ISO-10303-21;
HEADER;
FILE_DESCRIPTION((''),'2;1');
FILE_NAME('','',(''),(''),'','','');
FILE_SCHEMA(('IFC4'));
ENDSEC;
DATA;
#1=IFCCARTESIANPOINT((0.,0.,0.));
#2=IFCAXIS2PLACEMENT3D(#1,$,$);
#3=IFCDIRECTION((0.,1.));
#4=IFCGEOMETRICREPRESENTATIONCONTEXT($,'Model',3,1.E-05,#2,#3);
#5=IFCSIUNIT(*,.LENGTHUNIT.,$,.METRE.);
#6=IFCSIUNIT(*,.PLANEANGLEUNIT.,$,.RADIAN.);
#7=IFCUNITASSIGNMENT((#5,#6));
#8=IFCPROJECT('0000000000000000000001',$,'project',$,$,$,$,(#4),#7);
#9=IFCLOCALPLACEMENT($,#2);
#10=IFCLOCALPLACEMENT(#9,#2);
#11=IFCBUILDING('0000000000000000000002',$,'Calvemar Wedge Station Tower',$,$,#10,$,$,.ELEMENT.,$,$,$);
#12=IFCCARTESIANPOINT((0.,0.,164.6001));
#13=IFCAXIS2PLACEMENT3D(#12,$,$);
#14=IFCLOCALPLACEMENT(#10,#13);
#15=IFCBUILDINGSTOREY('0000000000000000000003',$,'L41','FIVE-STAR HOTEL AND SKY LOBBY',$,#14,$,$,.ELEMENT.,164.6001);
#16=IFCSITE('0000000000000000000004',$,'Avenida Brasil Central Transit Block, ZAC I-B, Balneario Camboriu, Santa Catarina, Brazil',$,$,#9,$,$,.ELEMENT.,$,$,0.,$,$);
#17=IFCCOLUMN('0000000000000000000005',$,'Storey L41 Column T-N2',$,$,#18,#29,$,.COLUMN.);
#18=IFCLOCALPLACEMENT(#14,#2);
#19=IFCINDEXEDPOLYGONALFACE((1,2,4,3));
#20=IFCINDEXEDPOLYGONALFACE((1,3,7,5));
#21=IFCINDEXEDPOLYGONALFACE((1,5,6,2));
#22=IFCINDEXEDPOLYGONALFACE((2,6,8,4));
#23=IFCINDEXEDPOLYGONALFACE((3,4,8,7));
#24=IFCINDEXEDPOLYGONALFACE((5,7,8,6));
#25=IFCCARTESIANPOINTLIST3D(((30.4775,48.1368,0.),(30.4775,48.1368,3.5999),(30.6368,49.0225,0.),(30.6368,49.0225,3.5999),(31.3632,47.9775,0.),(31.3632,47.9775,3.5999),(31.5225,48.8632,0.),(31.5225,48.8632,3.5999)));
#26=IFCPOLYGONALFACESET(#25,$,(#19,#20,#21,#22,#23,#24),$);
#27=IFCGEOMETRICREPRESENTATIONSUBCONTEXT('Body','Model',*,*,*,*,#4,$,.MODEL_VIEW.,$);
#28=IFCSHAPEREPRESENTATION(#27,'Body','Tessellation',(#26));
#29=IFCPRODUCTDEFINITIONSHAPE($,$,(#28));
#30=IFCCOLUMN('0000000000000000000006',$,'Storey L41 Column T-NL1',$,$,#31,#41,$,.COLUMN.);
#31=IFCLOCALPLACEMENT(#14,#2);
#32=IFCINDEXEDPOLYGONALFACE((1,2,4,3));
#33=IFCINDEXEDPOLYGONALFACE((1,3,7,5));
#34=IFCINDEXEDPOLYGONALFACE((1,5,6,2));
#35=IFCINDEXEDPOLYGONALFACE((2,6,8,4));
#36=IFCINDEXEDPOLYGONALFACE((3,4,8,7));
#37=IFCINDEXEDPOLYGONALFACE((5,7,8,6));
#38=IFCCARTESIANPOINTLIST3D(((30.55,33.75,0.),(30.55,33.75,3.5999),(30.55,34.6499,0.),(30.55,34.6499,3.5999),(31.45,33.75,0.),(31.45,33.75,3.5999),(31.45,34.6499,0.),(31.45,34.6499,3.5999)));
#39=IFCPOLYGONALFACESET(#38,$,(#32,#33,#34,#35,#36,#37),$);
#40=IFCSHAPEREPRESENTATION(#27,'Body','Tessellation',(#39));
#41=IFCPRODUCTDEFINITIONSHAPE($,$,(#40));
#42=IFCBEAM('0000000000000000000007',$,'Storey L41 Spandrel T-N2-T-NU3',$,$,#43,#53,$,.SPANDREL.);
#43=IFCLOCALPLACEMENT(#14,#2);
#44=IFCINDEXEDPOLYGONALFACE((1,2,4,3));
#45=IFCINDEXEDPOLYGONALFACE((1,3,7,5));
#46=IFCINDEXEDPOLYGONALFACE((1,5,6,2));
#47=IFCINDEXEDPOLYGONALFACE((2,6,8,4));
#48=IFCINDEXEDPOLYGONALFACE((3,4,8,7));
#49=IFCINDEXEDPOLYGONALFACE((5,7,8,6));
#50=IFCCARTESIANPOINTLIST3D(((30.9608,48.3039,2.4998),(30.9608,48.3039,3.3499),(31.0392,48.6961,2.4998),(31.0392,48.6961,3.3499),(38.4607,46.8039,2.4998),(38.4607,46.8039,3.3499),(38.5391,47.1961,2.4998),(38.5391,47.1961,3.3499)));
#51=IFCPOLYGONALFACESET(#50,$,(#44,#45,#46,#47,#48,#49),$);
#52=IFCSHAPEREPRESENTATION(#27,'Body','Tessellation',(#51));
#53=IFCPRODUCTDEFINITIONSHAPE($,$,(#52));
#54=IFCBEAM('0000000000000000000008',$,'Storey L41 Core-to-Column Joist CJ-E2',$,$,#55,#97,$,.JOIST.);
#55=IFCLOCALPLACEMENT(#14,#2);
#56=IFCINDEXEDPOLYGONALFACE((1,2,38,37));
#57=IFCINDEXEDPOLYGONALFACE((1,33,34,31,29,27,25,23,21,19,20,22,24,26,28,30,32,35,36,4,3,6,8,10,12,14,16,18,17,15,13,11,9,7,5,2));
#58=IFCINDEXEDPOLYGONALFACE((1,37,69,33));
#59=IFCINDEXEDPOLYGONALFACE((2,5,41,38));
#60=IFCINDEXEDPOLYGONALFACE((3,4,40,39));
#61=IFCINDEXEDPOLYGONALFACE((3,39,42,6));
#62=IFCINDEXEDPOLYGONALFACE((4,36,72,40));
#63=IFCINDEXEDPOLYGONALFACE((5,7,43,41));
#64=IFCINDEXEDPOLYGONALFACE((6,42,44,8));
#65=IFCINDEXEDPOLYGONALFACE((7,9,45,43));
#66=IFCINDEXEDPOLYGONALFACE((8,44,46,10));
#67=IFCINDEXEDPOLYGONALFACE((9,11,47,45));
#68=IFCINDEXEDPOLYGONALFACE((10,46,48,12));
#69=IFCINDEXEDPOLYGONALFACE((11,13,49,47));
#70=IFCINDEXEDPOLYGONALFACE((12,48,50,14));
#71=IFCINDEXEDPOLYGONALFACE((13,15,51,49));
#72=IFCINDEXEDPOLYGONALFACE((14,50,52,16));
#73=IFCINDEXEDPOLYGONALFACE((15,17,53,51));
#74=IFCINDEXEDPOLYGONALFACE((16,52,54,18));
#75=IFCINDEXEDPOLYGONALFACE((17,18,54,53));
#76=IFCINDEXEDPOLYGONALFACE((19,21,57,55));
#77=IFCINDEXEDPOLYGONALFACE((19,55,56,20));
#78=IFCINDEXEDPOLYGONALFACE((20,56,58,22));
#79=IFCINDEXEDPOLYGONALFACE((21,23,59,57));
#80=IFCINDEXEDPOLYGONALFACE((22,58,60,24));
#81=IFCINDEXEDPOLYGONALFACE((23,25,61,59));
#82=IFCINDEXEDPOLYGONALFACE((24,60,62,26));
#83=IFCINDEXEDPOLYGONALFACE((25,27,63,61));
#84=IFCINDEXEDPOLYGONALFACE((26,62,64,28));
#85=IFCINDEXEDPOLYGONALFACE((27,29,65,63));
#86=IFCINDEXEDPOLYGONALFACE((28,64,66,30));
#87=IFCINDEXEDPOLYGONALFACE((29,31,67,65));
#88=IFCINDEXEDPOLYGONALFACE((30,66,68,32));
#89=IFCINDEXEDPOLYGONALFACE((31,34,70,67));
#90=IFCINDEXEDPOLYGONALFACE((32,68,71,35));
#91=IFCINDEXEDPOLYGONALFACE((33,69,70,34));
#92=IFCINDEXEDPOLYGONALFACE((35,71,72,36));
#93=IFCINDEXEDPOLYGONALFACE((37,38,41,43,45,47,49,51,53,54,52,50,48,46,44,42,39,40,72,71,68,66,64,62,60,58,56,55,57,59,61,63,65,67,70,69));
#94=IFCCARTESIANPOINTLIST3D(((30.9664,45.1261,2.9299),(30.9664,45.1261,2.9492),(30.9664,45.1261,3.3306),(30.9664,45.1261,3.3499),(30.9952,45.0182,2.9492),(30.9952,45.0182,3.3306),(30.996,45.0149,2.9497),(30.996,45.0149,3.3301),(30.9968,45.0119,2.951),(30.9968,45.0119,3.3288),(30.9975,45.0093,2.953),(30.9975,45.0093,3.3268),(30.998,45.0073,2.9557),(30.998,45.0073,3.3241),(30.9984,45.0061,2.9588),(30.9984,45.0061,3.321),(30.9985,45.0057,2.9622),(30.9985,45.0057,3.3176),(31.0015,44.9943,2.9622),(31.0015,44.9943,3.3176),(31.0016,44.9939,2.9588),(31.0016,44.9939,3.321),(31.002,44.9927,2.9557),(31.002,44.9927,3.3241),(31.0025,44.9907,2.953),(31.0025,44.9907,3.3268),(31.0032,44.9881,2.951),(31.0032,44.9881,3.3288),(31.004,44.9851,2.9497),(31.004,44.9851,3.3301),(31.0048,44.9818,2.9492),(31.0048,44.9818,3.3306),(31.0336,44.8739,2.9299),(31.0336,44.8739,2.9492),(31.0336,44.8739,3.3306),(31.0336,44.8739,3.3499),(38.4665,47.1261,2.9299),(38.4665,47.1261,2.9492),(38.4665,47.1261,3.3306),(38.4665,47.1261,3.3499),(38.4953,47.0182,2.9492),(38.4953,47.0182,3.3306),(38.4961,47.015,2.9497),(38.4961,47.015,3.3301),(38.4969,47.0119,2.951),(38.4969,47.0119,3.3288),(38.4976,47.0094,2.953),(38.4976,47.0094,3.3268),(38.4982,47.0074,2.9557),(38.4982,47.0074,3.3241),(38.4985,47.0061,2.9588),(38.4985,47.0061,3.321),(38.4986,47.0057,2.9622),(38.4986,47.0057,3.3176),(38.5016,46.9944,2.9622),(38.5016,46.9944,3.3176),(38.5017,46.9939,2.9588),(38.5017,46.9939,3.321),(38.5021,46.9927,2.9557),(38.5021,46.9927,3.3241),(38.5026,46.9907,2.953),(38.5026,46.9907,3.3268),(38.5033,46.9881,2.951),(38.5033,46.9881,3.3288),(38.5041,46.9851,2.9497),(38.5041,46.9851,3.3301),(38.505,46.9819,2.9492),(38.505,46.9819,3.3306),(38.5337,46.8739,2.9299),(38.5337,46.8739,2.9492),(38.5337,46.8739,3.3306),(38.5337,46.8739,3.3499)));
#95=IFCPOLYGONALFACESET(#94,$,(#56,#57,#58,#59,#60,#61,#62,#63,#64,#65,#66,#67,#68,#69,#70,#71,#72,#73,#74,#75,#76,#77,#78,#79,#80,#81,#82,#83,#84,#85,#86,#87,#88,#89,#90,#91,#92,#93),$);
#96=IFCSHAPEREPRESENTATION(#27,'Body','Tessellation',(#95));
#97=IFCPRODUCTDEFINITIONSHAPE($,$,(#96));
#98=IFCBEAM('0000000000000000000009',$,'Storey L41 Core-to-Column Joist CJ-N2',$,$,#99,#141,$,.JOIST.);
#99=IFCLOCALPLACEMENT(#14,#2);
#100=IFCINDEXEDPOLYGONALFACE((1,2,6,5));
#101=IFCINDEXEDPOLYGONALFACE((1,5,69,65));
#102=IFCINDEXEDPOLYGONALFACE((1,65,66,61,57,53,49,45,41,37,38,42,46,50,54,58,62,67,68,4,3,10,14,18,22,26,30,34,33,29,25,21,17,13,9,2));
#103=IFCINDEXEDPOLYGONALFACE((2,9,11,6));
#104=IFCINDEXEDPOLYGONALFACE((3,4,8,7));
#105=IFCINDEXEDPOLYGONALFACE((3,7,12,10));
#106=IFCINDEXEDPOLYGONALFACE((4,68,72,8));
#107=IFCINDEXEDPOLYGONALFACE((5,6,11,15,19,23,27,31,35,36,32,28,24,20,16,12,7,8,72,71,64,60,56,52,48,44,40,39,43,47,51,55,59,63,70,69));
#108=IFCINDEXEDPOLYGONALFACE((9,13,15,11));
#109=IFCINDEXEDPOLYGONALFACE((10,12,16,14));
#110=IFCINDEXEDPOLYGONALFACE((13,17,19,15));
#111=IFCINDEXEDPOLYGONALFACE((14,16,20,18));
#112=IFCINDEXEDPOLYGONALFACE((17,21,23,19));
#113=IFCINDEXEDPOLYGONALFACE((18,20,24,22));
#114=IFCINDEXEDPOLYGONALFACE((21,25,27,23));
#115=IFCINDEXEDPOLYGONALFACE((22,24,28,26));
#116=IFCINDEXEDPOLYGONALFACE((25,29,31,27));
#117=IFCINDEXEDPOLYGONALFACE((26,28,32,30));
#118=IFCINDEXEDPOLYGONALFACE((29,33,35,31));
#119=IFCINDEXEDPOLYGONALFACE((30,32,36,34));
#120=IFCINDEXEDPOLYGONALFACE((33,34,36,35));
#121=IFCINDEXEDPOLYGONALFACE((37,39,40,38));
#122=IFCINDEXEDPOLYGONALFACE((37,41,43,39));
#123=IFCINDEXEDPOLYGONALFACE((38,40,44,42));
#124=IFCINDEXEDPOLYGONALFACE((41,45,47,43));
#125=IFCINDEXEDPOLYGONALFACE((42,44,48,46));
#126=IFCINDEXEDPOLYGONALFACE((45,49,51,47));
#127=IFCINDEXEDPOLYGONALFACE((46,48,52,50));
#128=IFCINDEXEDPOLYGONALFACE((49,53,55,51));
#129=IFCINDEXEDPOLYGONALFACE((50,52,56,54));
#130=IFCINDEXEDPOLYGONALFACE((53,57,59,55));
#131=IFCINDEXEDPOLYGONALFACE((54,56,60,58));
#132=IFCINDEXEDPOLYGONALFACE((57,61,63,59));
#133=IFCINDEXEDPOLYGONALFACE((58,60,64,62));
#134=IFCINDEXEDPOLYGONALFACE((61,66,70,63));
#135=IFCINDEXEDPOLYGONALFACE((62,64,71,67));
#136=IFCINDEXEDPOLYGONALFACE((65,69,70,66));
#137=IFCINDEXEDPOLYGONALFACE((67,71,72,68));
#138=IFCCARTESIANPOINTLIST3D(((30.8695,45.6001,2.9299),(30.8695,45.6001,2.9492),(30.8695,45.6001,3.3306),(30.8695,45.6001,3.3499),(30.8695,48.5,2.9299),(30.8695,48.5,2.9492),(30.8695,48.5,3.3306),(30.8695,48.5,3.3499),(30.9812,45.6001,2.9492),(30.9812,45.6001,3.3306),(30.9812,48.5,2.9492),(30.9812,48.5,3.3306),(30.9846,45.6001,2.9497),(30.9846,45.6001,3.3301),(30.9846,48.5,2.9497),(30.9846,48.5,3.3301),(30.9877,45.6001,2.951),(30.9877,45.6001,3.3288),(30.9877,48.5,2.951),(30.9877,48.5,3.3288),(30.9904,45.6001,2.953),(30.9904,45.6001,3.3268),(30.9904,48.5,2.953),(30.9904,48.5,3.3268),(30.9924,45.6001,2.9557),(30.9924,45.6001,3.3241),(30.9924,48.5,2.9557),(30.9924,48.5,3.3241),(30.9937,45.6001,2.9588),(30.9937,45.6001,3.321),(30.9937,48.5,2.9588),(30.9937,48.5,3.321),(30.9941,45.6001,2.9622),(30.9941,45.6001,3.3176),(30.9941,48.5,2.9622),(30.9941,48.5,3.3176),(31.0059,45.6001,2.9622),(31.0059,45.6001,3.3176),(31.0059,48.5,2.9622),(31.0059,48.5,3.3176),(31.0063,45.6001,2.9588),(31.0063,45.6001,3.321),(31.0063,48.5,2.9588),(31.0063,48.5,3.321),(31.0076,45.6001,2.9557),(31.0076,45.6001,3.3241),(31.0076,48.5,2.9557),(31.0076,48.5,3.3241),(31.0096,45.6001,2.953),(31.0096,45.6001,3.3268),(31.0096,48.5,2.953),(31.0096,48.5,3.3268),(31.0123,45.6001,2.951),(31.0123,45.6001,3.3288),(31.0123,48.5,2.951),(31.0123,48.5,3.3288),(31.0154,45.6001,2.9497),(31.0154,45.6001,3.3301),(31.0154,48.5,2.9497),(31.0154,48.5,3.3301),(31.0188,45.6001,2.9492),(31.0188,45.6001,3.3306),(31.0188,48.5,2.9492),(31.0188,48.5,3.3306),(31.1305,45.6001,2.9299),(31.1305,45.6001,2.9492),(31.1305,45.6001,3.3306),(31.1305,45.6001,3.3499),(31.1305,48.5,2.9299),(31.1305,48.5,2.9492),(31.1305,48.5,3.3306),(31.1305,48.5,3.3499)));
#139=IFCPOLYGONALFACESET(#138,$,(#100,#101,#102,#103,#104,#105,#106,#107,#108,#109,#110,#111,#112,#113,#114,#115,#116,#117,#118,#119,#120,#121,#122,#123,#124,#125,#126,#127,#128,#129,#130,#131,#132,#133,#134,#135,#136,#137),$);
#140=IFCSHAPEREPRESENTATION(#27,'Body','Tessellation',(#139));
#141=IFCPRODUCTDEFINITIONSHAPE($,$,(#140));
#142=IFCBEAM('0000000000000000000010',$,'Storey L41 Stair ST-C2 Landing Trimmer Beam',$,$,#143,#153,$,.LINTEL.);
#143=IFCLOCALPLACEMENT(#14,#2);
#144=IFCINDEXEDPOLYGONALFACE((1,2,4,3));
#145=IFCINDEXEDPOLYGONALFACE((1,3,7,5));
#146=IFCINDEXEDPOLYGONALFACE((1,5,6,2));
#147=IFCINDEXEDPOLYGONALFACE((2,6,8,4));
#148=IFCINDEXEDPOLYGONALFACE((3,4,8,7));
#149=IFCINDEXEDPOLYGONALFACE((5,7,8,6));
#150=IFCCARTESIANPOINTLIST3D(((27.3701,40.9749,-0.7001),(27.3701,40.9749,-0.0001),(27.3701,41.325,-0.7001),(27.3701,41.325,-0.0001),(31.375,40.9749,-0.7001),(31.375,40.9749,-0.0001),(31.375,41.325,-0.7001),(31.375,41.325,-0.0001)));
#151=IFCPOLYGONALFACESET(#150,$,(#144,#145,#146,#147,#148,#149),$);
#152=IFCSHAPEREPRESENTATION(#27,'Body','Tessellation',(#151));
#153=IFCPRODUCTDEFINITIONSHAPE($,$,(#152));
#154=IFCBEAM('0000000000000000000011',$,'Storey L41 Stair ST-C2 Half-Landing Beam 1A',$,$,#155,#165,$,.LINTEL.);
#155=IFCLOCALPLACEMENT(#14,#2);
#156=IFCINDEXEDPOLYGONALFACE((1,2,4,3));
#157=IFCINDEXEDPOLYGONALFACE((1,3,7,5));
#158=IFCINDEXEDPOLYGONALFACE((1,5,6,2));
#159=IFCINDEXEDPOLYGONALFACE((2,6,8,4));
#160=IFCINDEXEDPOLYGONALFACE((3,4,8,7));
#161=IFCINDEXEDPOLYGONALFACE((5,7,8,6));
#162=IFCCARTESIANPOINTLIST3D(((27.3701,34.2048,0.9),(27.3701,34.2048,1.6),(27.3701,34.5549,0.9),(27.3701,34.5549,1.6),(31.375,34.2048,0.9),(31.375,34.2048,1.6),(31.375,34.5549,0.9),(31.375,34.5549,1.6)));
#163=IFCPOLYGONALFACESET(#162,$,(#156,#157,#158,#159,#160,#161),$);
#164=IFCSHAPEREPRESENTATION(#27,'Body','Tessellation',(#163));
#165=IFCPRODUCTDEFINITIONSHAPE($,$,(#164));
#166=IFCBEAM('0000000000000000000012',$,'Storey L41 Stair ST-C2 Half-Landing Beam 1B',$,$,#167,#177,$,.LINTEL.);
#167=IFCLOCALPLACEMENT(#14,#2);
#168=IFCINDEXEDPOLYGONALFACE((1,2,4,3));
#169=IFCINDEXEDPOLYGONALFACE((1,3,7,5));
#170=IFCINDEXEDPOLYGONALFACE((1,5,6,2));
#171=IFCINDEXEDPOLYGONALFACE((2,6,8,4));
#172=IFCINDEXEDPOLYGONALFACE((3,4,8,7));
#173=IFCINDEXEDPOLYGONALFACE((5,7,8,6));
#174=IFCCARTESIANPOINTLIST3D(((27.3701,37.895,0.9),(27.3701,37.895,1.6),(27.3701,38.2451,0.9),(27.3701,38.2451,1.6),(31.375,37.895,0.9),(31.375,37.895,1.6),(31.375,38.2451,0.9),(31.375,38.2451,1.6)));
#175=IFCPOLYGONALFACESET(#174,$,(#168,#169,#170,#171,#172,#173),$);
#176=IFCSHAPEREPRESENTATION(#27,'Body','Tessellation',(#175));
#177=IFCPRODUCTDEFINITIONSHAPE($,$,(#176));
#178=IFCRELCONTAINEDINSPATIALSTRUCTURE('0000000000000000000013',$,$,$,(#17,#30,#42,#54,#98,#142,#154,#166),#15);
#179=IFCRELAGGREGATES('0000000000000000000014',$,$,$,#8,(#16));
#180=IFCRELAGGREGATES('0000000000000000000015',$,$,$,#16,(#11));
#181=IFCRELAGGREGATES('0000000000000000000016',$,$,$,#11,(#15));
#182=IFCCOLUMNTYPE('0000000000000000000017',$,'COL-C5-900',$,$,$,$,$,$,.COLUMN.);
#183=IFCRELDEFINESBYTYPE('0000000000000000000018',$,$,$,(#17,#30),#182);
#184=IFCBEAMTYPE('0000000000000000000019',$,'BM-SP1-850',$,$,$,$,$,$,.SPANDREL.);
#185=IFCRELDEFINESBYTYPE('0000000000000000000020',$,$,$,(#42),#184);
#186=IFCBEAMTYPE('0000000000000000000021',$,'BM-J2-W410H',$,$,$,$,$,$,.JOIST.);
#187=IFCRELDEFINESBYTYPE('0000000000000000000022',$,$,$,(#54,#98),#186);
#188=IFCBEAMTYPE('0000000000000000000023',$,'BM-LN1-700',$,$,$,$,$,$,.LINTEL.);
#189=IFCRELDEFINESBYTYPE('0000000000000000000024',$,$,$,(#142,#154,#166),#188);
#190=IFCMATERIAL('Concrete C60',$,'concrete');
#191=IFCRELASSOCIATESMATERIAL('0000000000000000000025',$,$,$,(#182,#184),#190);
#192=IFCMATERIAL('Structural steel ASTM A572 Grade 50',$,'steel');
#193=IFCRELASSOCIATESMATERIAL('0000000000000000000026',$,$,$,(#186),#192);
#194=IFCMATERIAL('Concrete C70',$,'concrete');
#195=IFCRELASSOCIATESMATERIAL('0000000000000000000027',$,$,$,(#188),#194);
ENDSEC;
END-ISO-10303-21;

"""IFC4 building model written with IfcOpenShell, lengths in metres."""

from ifc_helpers import new_model, si_unit, direction, frame, origin, origin_2d, place, context, subcontext, project, spatial, rectangle, i_section, extrude, source, transform, mapped, material, material_profile, profile_set, type_object, element, save


model = new_model("IFC4")

# Units and contexts
model_context = context("Model", 3, precision=1e-05, world=origin(), true_north=direction((0.0, 1.0)))
body_context = subcontext(model_context, "Body", "Model", "MODEL_VIEW")
ifc_project = project(units=[si_unit("LENGTHUNIT", "METRE"), si_unit("PLANEANGLEUNIT", "RADIAN")], contexts=[model_context])

# Site, building, storey
site_placement = place(None, origin())
site = spatial("IfcSite", under=ifc_project, at=site_placement, Name="Avenida Brasil Central Transit Block, ZAC I-B, Balneario Camboriu, Santa Catarina, Brazil", CompositionType="ELEMENT", RefElevation=0.0)
building_placement = place(site_placement, origin())
building = spatial("IfcBuilding", under=site, at=building_placement, Name="Calvemar Wedge Station Tower", CompositionType="ELEMENT")
storey_placement = place(building_placement, frame((0.0, 0.0, 164.6001)))
storey = spatial("IfcBuildingStorey", under=building, at=storey_placement, Name="L41", Description="FIVE-STAR HOTEL AND SKY LOBBY", CompositionType="ELEMENT", Elevation=164.6001)

# Columns
ifc_material_1 = material(Name="Concrete C60", Category="concrete")
ifc_material_profile_1 = material_profile(ifc_material_1, rectangle(XDim=0.8999, YDim=0.8999, at=origin_2d()), Name="RC900x900")
ifc_profile_set_1 = profile_set([ifc_material_profile_1], Name="Concrete C60")
column_type = type_object("IfcColumnType", Name="COL-C5-900", PredefinedType="COLUMN", material=ifc_profile_set_1)
shared_shape_1 = source(origin(), body_context, "Body", "SweptSolid", [
    extrude(rectangle(XDim=0.8999, YDim=0.8999, at=origin_2d()), origin(), (0.0, 0.0, 1.0), 3.5999),
])
for number, where, z_axis, x_axis, name in (
    (1, (31.0, 48.5, 0.0), (0.0, 0.0, 1.0), (0.984196, -0.177085, 0.0), "Storey L41 Column T-N2"),
    (2, (31.0, 34.2, 0.0), (0.0, 0.0, 1.0), (1.0, 0.0, 0.0), "Storey L41 Column T-NL1"),
):
    element("IfcColumn", number, at=place(storey_placement, frame(where, z_axis=z_axis, x_axis=x_axis)), inside=storey, type_object=column_type, Name=name, PredefinedType="COLUMN", context=body_context, shape_type="MappedRepresentation", body=[
        mapped(shared_shape_1, transform((0.0, 0.0, 0.0), scale=1.0)),
    ])

# Beams
ifc_material_profile_2 = material_profile(ifc_material_1, rectangle(XDim=0.3999, YDim=0.8501, at=origin_2d()), Name="RC400x850")
ifc_profile_set_2 = profile_set([ifc_material_profile_2], Name="Concrete C60")
beam_type_1 = type_object("IfcBeamType", Name="BM-SP1-850", PredefinedType="SPANDREL", material=ifc_profile_set_2)
shared_shape_2 = source(origin(), body_context, "Body", "SweptSolid", [
    extrude(rectangle(XDim=0.3999, YDim=0.8501, at=origin_2d()), origin(), (0.0, 0.0, 1.0), 7.6484),
])
beam_1_placement = place(storey_placement, frame((31.0, 48.5, 2.9248), z_axis=(0.980581, -0.196116, 0.0), x_axis=(0.196116, 0.980581, 0.0)))
element("IfcBeam", 3, at=beam_1_placement, inside=storey, type_object=beam_type_1, Name="Storey L41 Spandrel T-N2-T-NU3", PredefinedType="SPANDREL", context=body_context, shape_type="MappedRepresentation", body=[
    mapped(shared_shape_2, transform((0.0, 0.0, 0.0), scale=1.0)),
])
ifc_material_2 = material(Name="Structural steel ASTM A572 Grade 50", Category="steel")
ifc_material_profile_3 = material_profile(ifc_material_2, i_section(OverallWidth=0.261, OverallDepth=0.4199, WebThickness=0.0117, FlangeThickness=0.0193, FilletRadius=0.0129, at=origin_2d()), Name="W410x114")
ifc_profile_set_3 = profile_set([ifc_material_profile_3], Name="Structural steel ASTM A572 Grade 50")
beam_type_2 = type_object("IfcBeamType", Name="BM-J2-W410H", PredefinedType="JOIST", material=ifc_profile_set_3)
shared_shape_3 = source(origin(), body_context, "Body", "SweptSolid", [
    extrude(i_section(OverallWidth=0.261, OverallDepth=0.4199, WebThickness=0.0117, FlangeThickness=0.0193, FilletRadius=0.0129, at=origin_2d()), origin(), (0.0, 0.0, 1.0), 7.7622),
])
beam_2_placement = place(storey_placement, frame((31.0, 45.0, 3.1399), z_axis=(0.966235, 0.257663, 0.0), x_axis=(-0.257663, 0.966235, 0.0)))
element("IfcBeam", 4, at=beam_2_placement, inside=storey, type_object=beam_type_2, Name="Storey L41 Core-to-Column Joist CJ-E2", PredefinedType="JOIST", context=body_context, shape_type="MappedRepresentation", body=[
    mapped(shared_shape_3, transform((0.0, 0.0, 0.0), scale=1.0)),
])
shared_shape_4 = source(origin(), body_context, "Body", "SweptSolid", [
    extrude(i_section(OverallWidth=0.261, OverallDepth=0.4199, WebThickness=0.0117, FlangeThickness=0.0193, FilletRadius=0.0129, at=origin_2d()), origin(), (0.0, 0.0, 1.0), 2.8999),
])
beam_3_placement = place(storey_placement, frame((31.0, 45.6001, 3.1399), z_axis=(0.0, 1.0, 0.0), x_axis=(-1.0, 0.0, 0.0)))
element("IfcBeam", 5, at=beam_3_placement, inside=storey, type_object=beam_type_2, Name="Storey L41 Core-to-Column Joist CJ-N2", PredefinedType="JOIST", context=body_context, shape_type="MappedRepresentation", body=[
    mapped(shared_shape_4, transform((0.0, 0.0, 0.0), scale=1.0)),
])
ifc_material_3 = material(Name="Concrete C70", Category="concrete")
ifc_material_profile_4 = material_profile(ifc_material_3, rectangle(XDim=0.3501, YDim=0.7, at=origin_2d()), Name="RC350x700")
ifc_profile_set_4 = profile_set([ifc_material_profile_4], Name="Concrete C70")
beam_type_3 = type_object("IfcBeamType", Name="BM-LN1-700", PredefinedType="LINTEL", material=ifc_profile_set_4)
shared_shape_5 = source(origin(), body_context, "Body", "SweptSolid", [
    extrude(rectangle(XDim=0.3501, YDim=0.7, at=origin_2d()), origin(), (0.0, 0.0, 1.0), 4.0049),
])
for number, where, z_axis, x_axis, name in (
    (6, (27.3701, 41.1499, -0.3501), (1.0, 0.0, 0.0), (0.0, 1.0, 0.0), "Storey L41 Stair ST-C2 Landing Trimmer Beam"),
    (7, (27.3701, 34.3799, 1.25), (1.0, 0.0, 0.0), (0.0, 1.0, 0.0), "Storey L41 Stair ST-C2 Half-Landing Beam 1A"),
    (8, (27.3701, 38.0701, 1.25), (1.0, 0.0, 0.0), (0.0, 1.0, 0.0), "Storey L41 Stair ST-C2 Half-Landing Beam 1B"),
):
    element("IfcBeam", number, at=place(storey_placement, frame(where, z_axis=z_axis, x_axis=x_axis)), inside=storey, type_object=beam_type_3, Name=name, PredefinedType="LINTEL", context=body_context, shape_type="MappedRepresentation", body=[
        mapped(shared_shape_5, transform((0.0, 0.0, 0.0), scale=1.0)),
    ])

save(model, "model.ifc")
